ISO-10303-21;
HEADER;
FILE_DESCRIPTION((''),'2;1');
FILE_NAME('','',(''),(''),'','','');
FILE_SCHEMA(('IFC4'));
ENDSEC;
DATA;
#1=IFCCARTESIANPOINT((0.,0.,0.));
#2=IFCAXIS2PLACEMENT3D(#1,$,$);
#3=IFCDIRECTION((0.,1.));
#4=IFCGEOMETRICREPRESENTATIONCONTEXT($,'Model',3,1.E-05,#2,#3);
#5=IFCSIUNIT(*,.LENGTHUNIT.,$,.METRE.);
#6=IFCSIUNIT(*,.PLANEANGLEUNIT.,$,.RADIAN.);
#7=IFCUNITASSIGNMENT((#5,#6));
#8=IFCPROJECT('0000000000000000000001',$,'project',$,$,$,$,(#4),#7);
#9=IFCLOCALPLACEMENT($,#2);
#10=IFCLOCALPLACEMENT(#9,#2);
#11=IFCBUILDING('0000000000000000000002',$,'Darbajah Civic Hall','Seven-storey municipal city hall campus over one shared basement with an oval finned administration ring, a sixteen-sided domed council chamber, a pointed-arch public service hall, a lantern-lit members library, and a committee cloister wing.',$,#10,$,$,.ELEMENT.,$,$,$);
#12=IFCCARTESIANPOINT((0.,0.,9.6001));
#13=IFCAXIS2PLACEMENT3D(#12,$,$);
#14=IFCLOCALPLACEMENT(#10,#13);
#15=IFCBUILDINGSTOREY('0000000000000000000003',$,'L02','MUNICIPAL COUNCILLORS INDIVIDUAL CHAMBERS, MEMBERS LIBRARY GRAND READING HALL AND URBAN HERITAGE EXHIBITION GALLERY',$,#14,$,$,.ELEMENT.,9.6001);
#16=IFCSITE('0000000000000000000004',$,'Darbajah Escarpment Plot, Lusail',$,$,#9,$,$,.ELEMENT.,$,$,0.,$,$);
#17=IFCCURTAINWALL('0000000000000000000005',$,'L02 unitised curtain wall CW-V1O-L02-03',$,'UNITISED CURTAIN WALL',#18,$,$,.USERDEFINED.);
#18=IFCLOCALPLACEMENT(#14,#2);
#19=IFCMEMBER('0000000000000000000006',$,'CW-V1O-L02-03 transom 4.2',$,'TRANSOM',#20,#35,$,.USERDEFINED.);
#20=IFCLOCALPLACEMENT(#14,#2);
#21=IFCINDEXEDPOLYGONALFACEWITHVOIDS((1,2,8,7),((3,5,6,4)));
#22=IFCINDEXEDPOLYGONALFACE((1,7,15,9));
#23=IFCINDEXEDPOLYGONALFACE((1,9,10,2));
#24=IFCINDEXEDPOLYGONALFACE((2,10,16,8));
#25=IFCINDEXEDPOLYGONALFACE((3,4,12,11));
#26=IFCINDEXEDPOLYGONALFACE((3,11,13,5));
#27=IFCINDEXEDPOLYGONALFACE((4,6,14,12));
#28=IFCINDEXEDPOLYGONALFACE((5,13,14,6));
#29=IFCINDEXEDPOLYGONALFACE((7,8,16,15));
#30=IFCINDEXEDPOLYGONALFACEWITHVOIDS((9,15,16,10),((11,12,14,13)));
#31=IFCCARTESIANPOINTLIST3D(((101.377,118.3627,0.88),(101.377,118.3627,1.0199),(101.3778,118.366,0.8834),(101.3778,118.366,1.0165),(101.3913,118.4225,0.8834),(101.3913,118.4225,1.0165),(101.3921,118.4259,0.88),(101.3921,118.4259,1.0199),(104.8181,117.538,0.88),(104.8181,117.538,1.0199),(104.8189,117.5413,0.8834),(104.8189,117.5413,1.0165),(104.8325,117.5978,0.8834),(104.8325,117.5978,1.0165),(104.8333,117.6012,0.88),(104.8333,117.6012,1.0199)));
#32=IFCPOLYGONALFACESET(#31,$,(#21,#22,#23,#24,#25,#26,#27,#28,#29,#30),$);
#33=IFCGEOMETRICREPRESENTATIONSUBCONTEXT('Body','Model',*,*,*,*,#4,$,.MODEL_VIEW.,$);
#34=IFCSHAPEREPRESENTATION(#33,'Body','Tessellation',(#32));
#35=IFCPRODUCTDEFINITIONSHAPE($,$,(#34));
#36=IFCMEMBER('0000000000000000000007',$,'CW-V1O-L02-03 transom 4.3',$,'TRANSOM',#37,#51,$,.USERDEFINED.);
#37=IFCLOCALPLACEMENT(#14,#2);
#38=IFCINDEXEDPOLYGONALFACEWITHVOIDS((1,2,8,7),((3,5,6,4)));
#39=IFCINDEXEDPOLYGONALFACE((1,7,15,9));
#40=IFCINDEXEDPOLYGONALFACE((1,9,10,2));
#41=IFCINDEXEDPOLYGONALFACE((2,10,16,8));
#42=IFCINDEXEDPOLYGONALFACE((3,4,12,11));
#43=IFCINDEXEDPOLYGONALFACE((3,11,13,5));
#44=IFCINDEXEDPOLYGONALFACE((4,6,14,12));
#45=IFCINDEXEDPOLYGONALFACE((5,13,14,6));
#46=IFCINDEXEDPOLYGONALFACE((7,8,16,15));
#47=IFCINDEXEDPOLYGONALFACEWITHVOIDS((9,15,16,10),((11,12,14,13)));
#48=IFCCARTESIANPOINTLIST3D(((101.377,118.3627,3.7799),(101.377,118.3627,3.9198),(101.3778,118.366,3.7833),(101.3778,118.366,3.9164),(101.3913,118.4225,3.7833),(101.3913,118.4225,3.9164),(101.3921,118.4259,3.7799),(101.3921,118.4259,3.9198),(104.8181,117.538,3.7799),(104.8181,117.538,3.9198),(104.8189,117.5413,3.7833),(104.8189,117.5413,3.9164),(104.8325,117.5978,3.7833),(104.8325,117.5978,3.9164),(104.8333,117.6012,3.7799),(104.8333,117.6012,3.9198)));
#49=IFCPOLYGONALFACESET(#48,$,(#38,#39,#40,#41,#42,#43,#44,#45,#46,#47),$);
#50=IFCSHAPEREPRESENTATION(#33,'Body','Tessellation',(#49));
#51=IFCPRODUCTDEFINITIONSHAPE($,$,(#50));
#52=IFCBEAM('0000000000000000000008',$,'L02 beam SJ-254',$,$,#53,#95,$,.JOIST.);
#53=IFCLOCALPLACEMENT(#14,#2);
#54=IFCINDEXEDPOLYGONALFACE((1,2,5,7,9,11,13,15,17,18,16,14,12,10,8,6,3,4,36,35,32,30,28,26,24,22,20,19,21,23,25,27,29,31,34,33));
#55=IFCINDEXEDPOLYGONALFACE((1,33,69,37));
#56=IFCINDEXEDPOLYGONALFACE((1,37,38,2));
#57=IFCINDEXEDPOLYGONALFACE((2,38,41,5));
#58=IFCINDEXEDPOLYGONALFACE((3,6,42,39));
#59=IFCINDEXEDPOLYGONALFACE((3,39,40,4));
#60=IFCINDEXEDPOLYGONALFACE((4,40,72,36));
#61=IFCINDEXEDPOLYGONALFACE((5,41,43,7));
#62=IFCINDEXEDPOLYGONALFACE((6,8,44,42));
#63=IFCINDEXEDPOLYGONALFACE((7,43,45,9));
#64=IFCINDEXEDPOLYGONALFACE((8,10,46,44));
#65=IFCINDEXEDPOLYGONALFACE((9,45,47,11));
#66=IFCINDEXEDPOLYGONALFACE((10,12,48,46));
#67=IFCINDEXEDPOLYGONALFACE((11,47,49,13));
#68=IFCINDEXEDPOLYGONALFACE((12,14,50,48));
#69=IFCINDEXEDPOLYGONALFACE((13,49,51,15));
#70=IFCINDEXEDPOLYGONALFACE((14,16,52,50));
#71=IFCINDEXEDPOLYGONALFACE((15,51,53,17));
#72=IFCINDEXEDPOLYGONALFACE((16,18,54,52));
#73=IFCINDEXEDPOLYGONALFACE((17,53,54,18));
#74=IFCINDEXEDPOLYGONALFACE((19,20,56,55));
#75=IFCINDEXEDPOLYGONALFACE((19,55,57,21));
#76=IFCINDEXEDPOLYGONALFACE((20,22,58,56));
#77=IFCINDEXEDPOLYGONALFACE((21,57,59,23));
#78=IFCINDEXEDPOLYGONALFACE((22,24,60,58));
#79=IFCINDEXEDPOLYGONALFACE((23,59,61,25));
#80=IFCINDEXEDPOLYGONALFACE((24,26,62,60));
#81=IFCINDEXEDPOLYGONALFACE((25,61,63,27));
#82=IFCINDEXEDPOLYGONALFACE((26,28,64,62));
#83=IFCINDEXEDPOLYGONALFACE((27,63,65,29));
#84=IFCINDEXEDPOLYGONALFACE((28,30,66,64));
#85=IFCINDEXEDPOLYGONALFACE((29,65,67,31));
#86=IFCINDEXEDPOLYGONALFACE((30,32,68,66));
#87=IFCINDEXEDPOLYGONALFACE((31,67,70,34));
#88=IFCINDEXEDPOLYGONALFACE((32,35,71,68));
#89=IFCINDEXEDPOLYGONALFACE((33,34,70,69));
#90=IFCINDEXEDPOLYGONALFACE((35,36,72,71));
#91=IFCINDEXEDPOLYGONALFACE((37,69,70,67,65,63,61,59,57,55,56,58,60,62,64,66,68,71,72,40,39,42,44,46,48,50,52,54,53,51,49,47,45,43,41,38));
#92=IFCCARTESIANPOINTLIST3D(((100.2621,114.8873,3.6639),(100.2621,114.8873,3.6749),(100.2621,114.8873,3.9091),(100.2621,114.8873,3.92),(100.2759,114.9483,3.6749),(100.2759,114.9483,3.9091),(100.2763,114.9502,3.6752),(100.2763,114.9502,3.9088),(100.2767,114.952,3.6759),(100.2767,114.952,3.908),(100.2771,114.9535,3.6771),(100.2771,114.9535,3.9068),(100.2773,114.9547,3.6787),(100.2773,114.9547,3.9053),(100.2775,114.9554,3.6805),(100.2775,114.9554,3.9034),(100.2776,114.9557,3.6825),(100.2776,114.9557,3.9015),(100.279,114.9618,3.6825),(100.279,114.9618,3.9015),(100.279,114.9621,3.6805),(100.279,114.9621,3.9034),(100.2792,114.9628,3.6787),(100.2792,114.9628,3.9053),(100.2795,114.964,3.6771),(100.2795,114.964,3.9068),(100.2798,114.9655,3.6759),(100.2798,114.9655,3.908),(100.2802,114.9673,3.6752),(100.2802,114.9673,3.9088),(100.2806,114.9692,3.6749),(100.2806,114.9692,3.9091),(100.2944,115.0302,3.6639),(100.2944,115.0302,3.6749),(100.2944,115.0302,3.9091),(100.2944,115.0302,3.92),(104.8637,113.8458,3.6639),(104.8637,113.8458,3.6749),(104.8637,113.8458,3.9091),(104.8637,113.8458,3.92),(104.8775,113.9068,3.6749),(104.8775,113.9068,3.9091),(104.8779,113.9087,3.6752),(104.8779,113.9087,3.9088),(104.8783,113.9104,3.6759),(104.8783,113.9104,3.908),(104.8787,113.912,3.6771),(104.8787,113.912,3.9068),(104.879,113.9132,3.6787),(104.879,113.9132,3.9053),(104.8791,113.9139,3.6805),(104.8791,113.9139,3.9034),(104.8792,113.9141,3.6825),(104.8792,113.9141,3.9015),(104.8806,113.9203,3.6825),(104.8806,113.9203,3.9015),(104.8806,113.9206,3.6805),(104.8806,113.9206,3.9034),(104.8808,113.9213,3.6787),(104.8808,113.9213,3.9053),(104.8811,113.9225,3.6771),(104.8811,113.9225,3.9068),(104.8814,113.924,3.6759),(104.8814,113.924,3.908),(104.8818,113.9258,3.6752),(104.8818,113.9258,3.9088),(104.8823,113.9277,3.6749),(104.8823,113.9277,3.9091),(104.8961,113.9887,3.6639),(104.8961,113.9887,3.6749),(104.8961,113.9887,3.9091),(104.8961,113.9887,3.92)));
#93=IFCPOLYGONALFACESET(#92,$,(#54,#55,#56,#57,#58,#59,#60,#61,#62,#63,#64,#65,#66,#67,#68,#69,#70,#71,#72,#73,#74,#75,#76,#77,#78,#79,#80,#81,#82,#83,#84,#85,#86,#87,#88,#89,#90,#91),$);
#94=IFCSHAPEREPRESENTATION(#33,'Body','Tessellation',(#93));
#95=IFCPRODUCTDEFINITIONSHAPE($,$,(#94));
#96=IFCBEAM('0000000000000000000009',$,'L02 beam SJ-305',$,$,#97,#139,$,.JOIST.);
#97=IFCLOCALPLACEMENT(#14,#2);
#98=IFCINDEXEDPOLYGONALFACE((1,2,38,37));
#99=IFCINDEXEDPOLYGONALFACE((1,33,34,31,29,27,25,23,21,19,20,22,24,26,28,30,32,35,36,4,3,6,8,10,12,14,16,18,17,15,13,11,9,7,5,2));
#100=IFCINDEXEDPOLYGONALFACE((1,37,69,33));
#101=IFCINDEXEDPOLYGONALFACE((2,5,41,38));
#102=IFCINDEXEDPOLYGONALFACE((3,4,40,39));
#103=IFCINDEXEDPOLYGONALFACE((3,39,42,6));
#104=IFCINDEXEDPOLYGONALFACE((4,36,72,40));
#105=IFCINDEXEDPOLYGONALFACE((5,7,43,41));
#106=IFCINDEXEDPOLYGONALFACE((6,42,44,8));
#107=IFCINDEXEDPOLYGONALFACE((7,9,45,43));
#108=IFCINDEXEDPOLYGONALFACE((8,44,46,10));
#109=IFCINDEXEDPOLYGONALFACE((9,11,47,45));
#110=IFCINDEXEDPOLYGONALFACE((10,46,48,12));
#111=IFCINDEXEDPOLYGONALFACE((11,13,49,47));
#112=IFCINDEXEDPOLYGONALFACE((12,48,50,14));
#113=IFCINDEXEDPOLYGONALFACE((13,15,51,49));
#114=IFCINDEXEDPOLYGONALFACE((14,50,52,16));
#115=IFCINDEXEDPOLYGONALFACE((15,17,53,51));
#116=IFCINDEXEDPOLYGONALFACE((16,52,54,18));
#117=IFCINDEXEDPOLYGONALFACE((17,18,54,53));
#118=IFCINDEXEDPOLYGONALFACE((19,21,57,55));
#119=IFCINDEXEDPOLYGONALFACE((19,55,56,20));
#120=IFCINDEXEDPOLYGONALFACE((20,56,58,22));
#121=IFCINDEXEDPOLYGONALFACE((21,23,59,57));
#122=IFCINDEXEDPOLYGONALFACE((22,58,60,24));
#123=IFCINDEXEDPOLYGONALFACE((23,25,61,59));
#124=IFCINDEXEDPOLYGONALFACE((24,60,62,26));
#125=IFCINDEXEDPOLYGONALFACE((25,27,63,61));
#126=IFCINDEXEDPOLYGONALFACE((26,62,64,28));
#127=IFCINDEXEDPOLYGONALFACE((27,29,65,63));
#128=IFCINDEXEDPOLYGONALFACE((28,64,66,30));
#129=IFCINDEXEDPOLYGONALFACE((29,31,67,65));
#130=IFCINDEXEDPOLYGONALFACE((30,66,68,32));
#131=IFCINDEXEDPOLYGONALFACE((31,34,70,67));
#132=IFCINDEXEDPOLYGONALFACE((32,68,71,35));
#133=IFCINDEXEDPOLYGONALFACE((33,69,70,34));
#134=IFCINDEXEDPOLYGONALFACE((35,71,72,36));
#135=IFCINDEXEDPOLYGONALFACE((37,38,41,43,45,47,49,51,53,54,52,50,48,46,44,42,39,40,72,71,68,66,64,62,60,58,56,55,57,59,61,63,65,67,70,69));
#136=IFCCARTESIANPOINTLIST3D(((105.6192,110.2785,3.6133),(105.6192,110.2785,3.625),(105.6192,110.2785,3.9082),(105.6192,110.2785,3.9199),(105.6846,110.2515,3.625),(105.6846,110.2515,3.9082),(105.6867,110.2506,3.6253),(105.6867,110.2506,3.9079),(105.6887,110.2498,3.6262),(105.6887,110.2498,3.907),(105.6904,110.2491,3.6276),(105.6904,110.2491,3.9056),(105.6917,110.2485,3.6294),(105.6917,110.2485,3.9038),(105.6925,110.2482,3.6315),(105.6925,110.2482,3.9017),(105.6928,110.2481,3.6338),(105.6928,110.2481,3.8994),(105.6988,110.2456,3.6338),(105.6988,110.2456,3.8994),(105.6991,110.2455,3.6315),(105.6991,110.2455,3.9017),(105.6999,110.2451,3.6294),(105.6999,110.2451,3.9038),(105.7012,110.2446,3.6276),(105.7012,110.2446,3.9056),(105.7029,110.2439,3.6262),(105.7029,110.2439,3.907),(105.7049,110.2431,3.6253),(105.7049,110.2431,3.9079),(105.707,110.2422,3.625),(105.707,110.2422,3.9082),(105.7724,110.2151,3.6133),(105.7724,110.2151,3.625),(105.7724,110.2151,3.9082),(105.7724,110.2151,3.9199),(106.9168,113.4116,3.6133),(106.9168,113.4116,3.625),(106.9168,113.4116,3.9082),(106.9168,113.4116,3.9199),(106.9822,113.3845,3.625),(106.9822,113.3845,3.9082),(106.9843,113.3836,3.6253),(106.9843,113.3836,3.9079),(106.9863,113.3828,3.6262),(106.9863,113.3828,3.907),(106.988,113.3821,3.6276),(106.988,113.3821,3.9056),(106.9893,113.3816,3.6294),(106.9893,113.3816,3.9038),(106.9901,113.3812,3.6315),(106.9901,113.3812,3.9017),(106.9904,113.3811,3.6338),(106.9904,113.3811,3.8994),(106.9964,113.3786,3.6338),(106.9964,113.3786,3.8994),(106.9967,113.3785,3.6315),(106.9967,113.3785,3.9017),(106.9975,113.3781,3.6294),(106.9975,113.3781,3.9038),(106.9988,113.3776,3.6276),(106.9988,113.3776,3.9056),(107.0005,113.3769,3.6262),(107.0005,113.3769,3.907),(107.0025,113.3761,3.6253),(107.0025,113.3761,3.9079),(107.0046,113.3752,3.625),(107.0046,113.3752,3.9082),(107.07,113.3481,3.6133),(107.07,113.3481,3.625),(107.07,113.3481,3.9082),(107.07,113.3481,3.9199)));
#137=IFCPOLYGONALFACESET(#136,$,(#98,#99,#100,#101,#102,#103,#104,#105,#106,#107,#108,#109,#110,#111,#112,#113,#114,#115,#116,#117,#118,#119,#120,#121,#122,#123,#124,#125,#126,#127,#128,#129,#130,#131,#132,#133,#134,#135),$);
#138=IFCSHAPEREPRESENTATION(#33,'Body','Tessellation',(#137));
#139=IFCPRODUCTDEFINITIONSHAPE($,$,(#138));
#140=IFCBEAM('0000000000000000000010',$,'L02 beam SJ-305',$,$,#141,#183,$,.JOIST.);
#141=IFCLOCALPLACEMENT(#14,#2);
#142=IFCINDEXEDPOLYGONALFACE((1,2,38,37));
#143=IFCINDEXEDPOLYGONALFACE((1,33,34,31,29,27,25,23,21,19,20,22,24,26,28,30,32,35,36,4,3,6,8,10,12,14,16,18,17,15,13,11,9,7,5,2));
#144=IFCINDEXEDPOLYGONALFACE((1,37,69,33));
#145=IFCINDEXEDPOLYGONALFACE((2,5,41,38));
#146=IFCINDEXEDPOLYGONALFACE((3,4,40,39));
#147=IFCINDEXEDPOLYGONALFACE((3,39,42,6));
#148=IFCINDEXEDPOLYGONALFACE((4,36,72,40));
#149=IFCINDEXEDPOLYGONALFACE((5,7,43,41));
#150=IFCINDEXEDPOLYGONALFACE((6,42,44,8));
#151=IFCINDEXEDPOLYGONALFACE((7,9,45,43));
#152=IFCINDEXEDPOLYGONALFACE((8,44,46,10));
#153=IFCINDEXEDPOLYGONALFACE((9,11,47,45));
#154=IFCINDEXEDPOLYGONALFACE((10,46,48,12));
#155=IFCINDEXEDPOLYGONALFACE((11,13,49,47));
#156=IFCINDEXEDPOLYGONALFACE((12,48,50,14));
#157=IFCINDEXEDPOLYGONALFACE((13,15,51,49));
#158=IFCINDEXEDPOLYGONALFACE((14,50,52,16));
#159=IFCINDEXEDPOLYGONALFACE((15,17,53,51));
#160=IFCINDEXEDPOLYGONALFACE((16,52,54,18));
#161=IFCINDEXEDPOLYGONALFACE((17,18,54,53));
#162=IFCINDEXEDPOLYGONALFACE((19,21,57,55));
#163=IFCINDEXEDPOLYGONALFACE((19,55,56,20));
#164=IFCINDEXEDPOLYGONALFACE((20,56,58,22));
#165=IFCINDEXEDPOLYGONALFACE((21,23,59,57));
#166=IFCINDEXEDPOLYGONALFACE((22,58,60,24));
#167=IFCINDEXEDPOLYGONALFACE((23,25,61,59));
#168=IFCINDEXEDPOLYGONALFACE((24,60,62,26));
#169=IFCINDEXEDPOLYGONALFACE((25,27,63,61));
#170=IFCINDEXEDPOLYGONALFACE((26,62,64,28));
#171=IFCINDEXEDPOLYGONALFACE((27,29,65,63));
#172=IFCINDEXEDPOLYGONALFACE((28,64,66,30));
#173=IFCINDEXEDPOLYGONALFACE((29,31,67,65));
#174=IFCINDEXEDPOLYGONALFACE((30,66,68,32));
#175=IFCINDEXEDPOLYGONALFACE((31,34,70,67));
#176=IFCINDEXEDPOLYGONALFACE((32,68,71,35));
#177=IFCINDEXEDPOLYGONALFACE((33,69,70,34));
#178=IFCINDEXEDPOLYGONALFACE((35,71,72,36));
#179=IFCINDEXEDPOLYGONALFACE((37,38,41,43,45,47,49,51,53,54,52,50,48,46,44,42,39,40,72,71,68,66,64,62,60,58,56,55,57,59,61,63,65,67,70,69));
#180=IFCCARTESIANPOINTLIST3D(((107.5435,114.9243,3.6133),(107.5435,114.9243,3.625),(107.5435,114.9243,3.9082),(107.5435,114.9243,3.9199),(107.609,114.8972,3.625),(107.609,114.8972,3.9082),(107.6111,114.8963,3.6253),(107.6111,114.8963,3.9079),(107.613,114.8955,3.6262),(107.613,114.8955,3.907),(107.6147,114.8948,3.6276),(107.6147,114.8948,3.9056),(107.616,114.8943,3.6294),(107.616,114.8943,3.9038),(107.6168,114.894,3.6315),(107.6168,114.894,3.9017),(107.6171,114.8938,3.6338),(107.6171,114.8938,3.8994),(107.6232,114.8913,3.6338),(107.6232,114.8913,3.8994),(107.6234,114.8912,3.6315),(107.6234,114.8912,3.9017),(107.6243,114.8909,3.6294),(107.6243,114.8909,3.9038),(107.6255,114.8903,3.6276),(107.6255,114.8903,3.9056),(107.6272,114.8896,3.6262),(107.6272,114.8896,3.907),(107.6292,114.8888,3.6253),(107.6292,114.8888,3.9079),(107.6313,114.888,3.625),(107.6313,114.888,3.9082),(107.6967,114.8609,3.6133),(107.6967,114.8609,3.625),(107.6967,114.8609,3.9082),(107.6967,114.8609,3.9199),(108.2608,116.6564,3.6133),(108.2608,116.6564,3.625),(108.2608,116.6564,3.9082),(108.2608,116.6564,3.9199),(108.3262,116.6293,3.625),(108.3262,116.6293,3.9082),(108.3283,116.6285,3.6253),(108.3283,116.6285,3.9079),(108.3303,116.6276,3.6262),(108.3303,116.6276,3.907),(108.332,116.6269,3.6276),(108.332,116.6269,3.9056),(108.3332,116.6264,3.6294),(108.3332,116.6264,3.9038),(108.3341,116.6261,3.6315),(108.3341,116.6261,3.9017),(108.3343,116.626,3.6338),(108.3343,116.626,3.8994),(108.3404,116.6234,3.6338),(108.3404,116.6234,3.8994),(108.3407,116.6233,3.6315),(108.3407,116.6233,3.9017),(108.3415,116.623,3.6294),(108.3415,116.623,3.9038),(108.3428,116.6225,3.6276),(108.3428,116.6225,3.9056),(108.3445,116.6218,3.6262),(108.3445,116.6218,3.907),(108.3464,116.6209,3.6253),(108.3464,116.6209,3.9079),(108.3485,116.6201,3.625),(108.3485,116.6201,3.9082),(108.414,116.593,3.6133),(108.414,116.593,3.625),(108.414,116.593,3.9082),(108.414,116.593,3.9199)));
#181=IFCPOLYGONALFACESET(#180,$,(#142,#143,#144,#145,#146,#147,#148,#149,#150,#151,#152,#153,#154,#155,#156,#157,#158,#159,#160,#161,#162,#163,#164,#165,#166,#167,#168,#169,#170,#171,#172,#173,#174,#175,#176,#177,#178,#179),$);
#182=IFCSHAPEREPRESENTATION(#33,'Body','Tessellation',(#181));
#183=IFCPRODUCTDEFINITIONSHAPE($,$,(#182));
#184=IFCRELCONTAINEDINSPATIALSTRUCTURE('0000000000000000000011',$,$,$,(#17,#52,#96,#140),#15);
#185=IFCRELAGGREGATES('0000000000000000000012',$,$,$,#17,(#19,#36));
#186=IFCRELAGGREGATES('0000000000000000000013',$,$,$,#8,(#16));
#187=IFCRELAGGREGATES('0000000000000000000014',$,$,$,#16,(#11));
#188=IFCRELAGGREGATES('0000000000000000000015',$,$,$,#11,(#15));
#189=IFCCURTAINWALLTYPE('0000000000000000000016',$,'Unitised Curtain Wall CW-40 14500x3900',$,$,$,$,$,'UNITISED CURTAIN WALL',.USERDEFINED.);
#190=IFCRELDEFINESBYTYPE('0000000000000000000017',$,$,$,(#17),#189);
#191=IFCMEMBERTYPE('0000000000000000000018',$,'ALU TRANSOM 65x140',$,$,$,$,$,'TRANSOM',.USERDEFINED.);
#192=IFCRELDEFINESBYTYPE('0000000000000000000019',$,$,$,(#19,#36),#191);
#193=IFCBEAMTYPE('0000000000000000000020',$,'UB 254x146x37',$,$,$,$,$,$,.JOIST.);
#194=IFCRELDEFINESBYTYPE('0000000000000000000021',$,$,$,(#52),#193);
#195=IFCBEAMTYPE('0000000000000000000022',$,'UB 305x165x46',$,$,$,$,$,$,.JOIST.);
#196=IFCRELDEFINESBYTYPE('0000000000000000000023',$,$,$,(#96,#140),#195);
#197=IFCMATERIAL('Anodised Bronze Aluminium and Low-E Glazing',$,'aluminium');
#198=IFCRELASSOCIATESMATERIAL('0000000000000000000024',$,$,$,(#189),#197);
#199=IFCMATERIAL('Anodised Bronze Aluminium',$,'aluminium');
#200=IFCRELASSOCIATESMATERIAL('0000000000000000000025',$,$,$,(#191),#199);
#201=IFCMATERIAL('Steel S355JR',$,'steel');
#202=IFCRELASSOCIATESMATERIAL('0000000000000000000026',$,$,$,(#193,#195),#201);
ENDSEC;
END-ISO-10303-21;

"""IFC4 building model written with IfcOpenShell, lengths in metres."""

from ifc_helpers import new_model, si_unit, direction, frame, origin, origin_2d, place, context, subcontext, project, spatial, hollow_rectangle, i_section, extrude, material, material_profile, profile_set, type_object, element, aggregate, save


model = new_model("IFC4")

# Units and contexts
model_context = context("Model", 3, precision=1e-05, world=origin(), true_north=direction((0.0, 1.0)))
body_context = subcontext(model_context, "Body", "Model", "MODEL_VIEW")
ifc_project = project(units=[si_unit("LENGTHUNIT", "METRE"), si_unit("PLANEANGLEUNIT", "RADIAN")], contexts=[model_context])

# Site, building, storey
site_placement = place(None, origin())
site = spatial("IfcSite", under=ifc_project, at=site_placement, Name="Darbajah Escarpment Plot, Lusail", CompositionType="ELEMENT", RefElevation=0.0)
building_placement = place(site_placement, origin())
building = spatial("IfcBuilding", under=site, at=building_placement, Name="Darbajah Civic Hall", Description="Seven-storey municipal city hall campus over one shared basement with an oval finned administration ring, a sixteen-sided domed council chamber, a pointed-arch public service hall, a lantern-lit members library, and a committee cloister wing.", CompositionType="ELEMENT")
storey_placement = place(building_placement, frame((0.0, 0.0, 9.6001)))
storey = spatial("IfcBuildingStorey", under=building, at=storey_placement, Name="L02", Description="MUNICIPAL COUNCILLORS INDIVIDUAL CHAMBERS, MEMBERS LIBRARY GRAND READING HALL AND URBAN HERITAGE EXHIBITION GALLERY", CompositionType="ELEMENT", Elevation=9.6001)

# Shared definitions
ifc_material_1 = material(Name="Anodised Bronze Aluminium and Low-E Glazing", Category="aluminium")
ifc_material_2 = material(Name="Anodised Bronze Aluminium", Category="aluminium")

# Curtain wall
curtain_wall_type_1 = type_object("IfcCurtainWallType", Name="Unitised Curtain Wall CW-40 14500x3900", ElementType="UNITISED CURTAIN WALL", PredefinedType="USERDEFINED", material=ifc_material_1)
curtain_wall_1_placement = place(storey_placement, origin())
curtain_wall_1 = element("IfcCurtainWall", 1, at=curtain_wall_1_placement, inside=storey, type_object=curtain_wall_type_1, Name="L02 unitised curtain wall CW-V1O-L02-03", ObjectType="UNITISED CURTAIN WALL", PredefinedType="USERDEFINED")

# Members
ifc_material_profile_1 = material_profile(ifc_material_2, hollow_rectangle(XDim=0.0649, YDim=0.1399, WallThickness=0.0034, at=origin_2d()), Name="ALU TRANSOM 65x140")
ifc_profile_set_1 = profile_set([ifc_material_profile_1], Name="Anodised Bronze Aluminium")
member_type_1 = type_object("IfcMemberType", Name="ALU TRANSOM 65x140", ElementType="TRANSOM", PredefinedType="USERDEFINED", material=ifc_profile_set_1)
member_1_placement = place(storey_placement, frame((104.8257, 117.5696, 0.95), z_axis=(-0.972462, 0.23306, 0.0), x_axis=(-0.23306, -0.972462, 0.0)))
member_1 = element("IfcMember", 2, at=member_1_placement, type_object=member_type_1, Name="CW-V1O-L02-03 transom 4.2", ObjectType="TRANSOM", PredefinedType="USERDEFINED", context=body_context, shape_type="SweptSolid", body=[
    extrude(hollow_rectangle(XDim=0.0649, YDim=0.1399, WallThickness=0.0034, at=origin_2d()), origin(), (0.0, 0.0, 1.0), 3.5386),
])
member_2_placement = place(storey_placement, frame((104.8257, 117.5696, 3.8499), z_axis=(-0.972462, 0.23306, 0.0), x_axis=(-0.23306, -0.972462, 0.0)))
member_2 = element("IfcMember", 3, at=member_2_placement, type_object=member_type_1, Name="CW-V1O-L02-03 transom 4.3", ObjectType="TRANSOM", PredefinedType="USERDEFINED", context=body_context, shape_type="SweptSolid", body=[
    extrude(hollow_rectangle(XDim=0.0649, YDim=0.1399, WallThickness=0.0034, at=origin_2d()), origin(), (0.0, 0.0, 1.0), 3.5386),
])

# Beams
ifc_material_3 = material(Name="Steel S355JR", Category="steel")
ifc_material_profile_2 = material_profile(ifc_material_3, i_section(OverallWidth=0.1465, OverallDepth=0.2561, WebThickness=0.0063, FlangeThickness=0.011, FilletRadius=0.0076, at=origin_2d()), Name="UB 254x146x37")
ifc_profile_set_2 = profile_set([ifc_material_profile_2], Name="Steel S355JR")
beam_type_1 = type_object("IfcBeamType", Name="UB 254x146x37", PredefinedType="JOIST", material=ifc_profile_set_2)
beam_1_placement = place(storey_placement, frame((104.8799, 113.9172, 3.792), z_axis=(-0.97533, 0.220753, 0.0), x_axis=(-0.220753, -0.97533, 0.0)))
element("IfcBeam", 4, at=beam_1_placement, inside=storey, type_object=beam_type_1, Name="L02 beam SJ-254", PredefinedType="JOIST", context=body_context, shape_type="SweptSolid", body=[
    extrude(i_section(OverallWidth=0.1465, OverallDepth=0.2561, WebThickness=0.0063, FlangeThickness=0.011, FilletRadius=0.0076, at=origin_2d()), origin(), (0.0, 0.0, 1.0), 4.718),
])
ifc_material_profile_3 = material_profile(ifc_material_3, i_section(OverallWidth=0.1658, OverallDepth=0.3066, WebThickness=0.0066, FlangeThickness=0.0117, FilletRadius=0.0088, at=origin_2d()), Name="UB 305x165x46")
ifc_profile_set_3 = profile_set([ifc_material_profile_3], Name="Steel S355JR")
beam_type_2 = type_object("IfcBeamType", Name="UB 305x165x46", PredefinedType="JOIST", material=ifc_profile_set_3)
beam_2_placement = place(storey_placement, frame((105.6958, 110.2468, 3.7666), z_axis=(0.382646, 0.923895, 0.0), x_axis=(-0.923895, 0.382646, 0.0)))
element("IfcBeam", 5, at=beam_2_placement, inside=storey, type_object=beam_type_2, Name="L02 beam SJ-305", PredefinedType="JOIST", context=body_context, shape_type="SweptSolid", body=[
    extrude(i_section(OverallWidth=0.1658, OverallDepth=0.3066, WebThickness=0.0066, FlangeThickness=0.0117, FilletRadius=0.0088, at=origin_2d()), origin(), (0.0, 0.0, 1.0), 3.3911),
])
beam_3_placement = place(storey_placement, frame((107.6201, 114.8926, 3.7666), z_axis=(0.382589, 0.923918, 0.0), x_axis=(-0.923918, 0.382589, 0.0)))
element("IfcBeam", 6, at=beam_3_placement, inside=storey, type_object=beam_type_2, Name="L02 beam SJ-305", PredefinedType="JOIST", context=body_context, shape_type="SweptSolid", body=[
    extrude(i_section(OverallWidth=0.1658, OverallDepth=0.3066, WebThickness=0.0066, FlangeThickness=0.0117, FilletRadius=0.0088, at=origin_2d()), origin(), (0.0, 0.0, 1.0), 1.8748),
])

aggregate(curtain_wall_1, [member_1, member_2])

save(model, "model.ifc")
